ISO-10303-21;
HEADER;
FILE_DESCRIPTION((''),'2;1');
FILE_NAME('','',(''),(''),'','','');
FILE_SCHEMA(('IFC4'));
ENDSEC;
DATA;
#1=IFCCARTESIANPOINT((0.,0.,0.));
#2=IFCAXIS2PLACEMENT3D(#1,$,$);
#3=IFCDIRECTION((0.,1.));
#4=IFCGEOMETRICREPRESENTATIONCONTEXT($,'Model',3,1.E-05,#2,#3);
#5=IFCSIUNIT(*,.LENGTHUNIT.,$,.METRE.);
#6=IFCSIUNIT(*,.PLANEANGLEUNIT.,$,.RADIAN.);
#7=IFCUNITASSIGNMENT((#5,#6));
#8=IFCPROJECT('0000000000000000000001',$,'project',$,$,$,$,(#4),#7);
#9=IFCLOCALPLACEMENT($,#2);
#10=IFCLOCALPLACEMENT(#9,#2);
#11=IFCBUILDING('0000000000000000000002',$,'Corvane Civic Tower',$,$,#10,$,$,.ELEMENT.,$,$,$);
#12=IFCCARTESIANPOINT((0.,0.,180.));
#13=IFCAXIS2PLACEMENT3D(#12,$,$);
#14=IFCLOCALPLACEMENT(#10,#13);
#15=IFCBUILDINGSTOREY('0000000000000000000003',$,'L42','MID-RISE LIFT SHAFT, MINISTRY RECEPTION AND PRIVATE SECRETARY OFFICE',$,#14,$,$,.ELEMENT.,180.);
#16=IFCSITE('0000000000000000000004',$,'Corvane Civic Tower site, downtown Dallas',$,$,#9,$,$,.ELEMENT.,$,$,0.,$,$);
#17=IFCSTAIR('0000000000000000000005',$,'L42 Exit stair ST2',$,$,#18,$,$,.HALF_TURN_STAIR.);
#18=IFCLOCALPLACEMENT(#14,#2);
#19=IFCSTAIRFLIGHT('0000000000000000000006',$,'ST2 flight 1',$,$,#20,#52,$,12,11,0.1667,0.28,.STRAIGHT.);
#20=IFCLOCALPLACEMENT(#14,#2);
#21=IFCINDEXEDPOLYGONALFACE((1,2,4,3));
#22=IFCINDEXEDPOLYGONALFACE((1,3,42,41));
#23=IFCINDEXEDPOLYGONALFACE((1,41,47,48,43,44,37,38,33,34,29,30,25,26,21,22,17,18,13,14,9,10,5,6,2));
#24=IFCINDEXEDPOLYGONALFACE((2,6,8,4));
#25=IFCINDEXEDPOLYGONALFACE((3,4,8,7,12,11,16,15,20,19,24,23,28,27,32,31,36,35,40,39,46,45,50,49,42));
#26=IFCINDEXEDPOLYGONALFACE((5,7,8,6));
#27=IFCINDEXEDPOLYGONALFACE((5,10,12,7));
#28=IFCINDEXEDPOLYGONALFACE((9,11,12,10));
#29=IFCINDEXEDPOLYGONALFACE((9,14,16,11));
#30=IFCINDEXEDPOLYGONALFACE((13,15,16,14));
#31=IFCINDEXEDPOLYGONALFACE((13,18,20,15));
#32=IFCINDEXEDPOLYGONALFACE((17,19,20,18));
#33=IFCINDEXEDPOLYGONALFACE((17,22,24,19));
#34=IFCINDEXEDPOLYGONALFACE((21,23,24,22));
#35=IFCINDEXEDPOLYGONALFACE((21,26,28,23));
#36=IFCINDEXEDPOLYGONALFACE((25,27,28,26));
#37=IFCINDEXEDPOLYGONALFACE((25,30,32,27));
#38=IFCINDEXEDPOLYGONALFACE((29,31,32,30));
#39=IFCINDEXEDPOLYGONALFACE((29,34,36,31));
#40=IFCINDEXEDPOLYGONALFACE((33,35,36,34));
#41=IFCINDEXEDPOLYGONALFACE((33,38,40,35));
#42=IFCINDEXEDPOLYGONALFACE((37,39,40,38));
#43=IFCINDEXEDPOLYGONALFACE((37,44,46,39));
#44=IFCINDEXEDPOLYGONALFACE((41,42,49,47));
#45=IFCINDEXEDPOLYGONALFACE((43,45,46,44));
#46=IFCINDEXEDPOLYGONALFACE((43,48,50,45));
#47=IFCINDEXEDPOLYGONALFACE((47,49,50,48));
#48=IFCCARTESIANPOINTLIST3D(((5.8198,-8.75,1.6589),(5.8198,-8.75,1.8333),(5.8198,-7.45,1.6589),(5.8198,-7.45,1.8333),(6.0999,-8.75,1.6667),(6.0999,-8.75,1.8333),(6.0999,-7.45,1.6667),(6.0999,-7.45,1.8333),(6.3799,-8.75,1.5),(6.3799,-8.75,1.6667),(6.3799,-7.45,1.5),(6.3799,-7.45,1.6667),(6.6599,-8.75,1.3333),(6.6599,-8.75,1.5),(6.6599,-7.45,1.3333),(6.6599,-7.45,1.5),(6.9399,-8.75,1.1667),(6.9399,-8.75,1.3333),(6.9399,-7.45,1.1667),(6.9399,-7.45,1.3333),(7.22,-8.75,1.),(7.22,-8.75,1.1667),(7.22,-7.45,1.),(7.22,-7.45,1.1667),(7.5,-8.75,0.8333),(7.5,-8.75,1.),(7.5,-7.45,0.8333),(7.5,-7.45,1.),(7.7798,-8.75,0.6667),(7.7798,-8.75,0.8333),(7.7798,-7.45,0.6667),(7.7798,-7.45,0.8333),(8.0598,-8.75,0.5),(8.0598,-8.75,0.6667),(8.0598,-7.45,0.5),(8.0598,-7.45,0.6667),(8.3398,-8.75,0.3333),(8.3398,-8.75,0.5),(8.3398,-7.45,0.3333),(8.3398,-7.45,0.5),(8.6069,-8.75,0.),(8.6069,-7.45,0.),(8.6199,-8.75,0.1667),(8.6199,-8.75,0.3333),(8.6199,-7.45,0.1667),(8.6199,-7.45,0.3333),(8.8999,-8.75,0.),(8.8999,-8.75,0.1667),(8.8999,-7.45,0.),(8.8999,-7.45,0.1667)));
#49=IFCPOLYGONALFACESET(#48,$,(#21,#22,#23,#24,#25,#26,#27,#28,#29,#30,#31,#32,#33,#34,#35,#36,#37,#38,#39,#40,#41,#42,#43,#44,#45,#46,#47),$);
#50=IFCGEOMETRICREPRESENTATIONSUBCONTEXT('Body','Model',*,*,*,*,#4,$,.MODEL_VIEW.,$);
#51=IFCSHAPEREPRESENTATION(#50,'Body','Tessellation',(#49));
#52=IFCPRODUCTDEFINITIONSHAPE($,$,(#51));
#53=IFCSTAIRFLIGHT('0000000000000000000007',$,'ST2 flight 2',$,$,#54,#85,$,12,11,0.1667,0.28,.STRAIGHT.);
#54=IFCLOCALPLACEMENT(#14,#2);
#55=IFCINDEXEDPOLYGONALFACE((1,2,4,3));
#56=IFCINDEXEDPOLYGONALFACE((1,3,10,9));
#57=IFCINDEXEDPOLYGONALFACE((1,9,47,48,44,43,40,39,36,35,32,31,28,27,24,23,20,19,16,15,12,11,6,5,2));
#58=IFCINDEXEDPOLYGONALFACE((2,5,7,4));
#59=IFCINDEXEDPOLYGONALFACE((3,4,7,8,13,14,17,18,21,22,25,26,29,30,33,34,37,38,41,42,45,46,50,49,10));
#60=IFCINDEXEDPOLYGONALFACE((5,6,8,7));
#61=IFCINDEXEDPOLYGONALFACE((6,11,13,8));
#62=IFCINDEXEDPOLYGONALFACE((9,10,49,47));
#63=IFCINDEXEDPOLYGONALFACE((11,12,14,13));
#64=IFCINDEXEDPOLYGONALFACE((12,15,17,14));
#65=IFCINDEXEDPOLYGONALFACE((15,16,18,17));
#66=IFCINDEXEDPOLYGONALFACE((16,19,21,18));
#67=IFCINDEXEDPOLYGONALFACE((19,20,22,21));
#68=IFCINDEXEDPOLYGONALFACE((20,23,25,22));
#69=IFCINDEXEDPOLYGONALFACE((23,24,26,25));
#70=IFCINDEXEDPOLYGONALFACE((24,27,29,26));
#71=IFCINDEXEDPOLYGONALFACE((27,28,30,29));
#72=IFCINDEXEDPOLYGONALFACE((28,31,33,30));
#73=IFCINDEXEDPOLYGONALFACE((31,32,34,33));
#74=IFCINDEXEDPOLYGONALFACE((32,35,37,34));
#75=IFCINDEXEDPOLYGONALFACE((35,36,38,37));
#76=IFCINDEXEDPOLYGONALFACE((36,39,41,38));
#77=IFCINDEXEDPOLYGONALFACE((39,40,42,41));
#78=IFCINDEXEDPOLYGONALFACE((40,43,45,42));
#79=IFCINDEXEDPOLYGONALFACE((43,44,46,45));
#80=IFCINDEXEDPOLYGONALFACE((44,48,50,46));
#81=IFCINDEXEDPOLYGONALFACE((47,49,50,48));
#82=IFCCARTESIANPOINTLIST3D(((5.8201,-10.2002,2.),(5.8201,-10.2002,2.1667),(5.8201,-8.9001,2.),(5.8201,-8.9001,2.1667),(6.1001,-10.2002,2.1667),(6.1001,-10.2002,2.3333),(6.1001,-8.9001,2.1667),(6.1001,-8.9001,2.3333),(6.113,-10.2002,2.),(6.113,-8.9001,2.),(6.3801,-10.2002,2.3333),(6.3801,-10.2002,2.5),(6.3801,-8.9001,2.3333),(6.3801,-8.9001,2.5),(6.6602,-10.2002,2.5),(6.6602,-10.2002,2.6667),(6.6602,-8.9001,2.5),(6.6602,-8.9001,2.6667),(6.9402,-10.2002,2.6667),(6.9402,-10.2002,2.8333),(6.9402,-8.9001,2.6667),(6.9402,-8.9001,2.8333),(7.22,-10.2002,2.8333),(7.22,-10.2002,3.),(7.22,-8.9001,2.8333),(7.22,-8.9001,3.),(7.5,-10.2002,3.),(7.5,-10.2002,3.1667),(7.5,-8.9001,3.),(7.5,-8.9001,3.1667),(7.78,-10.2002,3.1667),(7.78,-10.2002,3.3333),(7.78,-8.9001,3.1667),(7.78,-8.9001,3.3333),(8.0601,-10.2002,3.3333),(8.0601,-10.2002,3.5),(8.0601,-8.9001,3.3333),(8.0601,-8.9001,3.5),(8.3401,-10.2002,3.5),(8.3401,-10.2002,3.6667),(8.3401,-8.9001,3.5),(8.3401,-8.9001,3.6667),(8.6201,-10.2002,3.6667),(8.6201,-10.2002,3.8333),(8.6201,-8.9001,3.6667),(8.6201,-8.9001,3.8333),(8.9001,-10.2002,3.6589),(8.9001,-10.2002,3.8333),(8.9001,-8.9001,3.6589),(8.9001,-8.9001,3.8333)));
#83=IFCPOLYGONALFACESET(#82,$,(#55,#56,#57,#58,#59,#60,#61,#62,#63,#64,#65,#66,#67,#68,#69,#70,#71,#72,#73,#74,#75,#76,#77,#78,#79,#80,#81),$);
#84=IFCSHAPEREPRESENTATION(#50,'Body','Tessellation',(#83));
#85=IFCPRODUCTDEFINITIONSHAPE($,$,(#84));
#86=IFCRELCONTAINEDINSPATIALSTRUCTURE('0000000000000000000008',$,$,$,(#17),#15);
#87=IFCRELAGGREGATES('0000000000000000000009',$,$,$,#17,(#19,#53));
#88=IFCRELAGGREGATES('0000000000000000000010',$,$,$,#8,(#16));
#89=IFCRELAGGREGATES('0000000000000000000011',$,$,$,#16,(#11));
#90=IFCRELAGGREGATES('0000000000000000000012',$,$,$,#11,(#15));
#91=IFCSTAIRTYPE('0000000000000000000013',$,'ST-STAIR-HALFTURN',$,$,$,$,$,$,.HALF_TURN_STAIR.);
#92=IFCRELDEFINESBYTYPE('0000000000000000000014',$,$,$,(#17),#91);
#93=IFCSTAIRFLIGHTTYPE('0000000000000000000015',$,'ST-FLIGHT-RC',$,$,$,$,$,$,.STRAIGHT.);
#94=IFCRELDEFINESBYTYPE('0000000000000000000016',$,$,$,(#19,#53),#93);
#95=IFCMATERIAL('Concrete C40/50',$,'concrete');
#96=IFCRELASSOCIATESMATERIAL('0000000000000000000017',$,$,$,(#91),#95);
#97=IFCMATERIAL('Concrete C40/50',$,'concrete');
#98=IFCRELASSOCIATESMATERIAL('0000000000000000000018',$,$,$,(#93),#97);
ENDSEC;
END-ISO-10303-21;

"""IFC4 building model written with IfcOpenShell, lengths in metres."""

from ifc_helpers import new_model, si_unit, direction, frame, origin, place, context, subcontext, project, spatial, polyline, outline, extrude, material, type_object, element, aggregate, save


model = new_model("IFC4")

# Units and contexts
model_context = context("Model", 3, precision=1e-05, world=origin(), true_north=direction((0.0, 1.0)))
body_context = subcontext(model_context, "Body", "Model", "MODEL_VIEW")
ifc_project = project(units=[si_unit("LENGTHUNIT", "METRE"), si_unit("PLANEANGLEUNIT", "RADIAN")], contexts=[model_context])

# Site, building, storey
site_placement = place(None, origin())
site = spatial("IfcSite", under=ifc_project, at=site_placement, Name="Corvane Civic Tower site, downtown Dallas", CompositionType="ELEMENT", RefElevation=0.0)
building_placement = place(site_placement, origin())
building = spatial("IfcBuilding", under=site, at=building_placement, Name="Corvane Civic Tower", CompositionType="ELEMENT")
storey_placement = place(building_placement, frame((0.0, 0.0, 180.0)))
storey = spatial("IfcBuildingStorey", under=building, at=storey_placement, Name="L42", Description="MID-RISE LIFT SHAFT, MINISTRY RECEPTION AND PRIVATE SECRETARY OFFICE", CompositionType="ELEMENT", Elevation=180.0)

# Stair, stair flights
ifc_material_1 = material(Name="Concrete C40/50", Category="concrete")
stair_type = type_object("IfcStairType", Name="ST-STAIR-HALFTURN", PredefinedType="HALF_TURN_STAIR", material=ifc_material_1)
stair_placement = place(storey_placement, origin())
stair = element("IfcStair", 1, at=stair_placement, inside=storey, type_object=stair_type, Name="L42 Exit stair ST2", PredefinedType="HALF_TURN_STAIR")
ifc_material_2 = material(Name="Concrete C40/50", Category="concrete")
stair_flight_type = type_object("IfcStairFlightType", Name="ST-FLIGHT-RC", PredefinedType="STRAIGHT", material=ifc_material_2)
stair_flight_1_placement = place(storey_placement, frame((8.8999, -8.1001, 0.0), z_axis=(0.0, 0.0, 1.0), x_axis=(-1.0, 0.0, 0.0)))
stair_flight_1 = element("IfcStairFlight", 2, at=stair_flight_1_placement, type_object=stair_flight_type, Name="ST2 flight 1", NumberOfRisers=12, NumberOfTreads=11, PredefinedType="STRAIGHT", RiserHeight=0.1667, TreadLength=0.28, context=body_context, shape_type="SweptSolid", body=[
    extrude(outline(polyline([(0.0, 0.0), (0.0, 0.1667), (0.28, 0.1667), (0.28, 0.3333), (0.5601, 0.3333), (0.5601, 0.5), (0.8401, 0.5), (0.8401, 0.6667), (1.1201, 0.6667), (1.1201, 0.8333), (1.3999, 0.8333), (1.3999, 1.0), (1.6799, 1.0), (1.6799, 1.1667), (1.96, 1.1667), (1.96, 1.3333), (2.24, 1.3333), (2.24, 1.5), (2.52, 1.5), (2.52, 1.6667), (2.8, 1.6667), (2.8, 1.8333), (3.0801, 1.8333), (3.0801, 2.0), (3.0801, 1.6589), (0.293, 0.0), (0.0, 0.0)])), frame((0.0, 0.6499, 0.0), z_axis=(0.0, -1.0, 0.0), x_axis=(1.0, 0.0, 0.0)), (0.0, 0.0, 1.0), 1.3),
])
stair_flight_2_placement = place(storey_placement, frame((5.8201, -9.55, 2.0), z_axis=(0.0, 0.0, 1.0), x_axis=(1.0, 0.0, 0.0)))
stair_flight_2 = element("IfcStairFlight", 3, at=stair_flight_2_placement, type_object=stair_flight_type, Name="ST2 flight 2", NumberOfRisers=12, NumberOfTreads=11, PredefinedType="STRAIGHT", RiserHeight=0.1667, TreadLength=0.28, context=body_context, shape_type="SweptSolid", body=[
    extrude(outline(polyline([(0.0, 0.0), (0.0, 0.1667), (0.28, 0.1667), (0.28, 0.3333), (0.5601, 0.3333), (0.5601, 0.5), (0.8401, 0.5), (0.8401, 0.6667), (1.1201, 0.6667), (1.1201, 0.8333), (1.3999, 0.8333), (1.3999, 1.0), (1.6799, 1.0), (1.6799, 1.1667), (1.96, 1.1667), (1.96, 1.3333), (2.24, 1.3333), (2.24, 1.5), (2.52, 1.5), (2.52, 1.6667), (2.8, 1.6667), (2.8, 1.8333), (3.0801, 1.8333), (3.0801, 2.0), (3.0801, 1.6589), (0.293, 0.0), (0.0, 0.0)])), frame((0.0, 0.6499, 0.0), z_axis=(0.0, -1.0, 0.0), x_axis=(1.0, 0.0, 0.0)), (0.0, 0.0, 1.0), 1.3),
])
aggregate(stair, [stair_flight_1, stair_flight_2])

save(model, "model.ifc")
